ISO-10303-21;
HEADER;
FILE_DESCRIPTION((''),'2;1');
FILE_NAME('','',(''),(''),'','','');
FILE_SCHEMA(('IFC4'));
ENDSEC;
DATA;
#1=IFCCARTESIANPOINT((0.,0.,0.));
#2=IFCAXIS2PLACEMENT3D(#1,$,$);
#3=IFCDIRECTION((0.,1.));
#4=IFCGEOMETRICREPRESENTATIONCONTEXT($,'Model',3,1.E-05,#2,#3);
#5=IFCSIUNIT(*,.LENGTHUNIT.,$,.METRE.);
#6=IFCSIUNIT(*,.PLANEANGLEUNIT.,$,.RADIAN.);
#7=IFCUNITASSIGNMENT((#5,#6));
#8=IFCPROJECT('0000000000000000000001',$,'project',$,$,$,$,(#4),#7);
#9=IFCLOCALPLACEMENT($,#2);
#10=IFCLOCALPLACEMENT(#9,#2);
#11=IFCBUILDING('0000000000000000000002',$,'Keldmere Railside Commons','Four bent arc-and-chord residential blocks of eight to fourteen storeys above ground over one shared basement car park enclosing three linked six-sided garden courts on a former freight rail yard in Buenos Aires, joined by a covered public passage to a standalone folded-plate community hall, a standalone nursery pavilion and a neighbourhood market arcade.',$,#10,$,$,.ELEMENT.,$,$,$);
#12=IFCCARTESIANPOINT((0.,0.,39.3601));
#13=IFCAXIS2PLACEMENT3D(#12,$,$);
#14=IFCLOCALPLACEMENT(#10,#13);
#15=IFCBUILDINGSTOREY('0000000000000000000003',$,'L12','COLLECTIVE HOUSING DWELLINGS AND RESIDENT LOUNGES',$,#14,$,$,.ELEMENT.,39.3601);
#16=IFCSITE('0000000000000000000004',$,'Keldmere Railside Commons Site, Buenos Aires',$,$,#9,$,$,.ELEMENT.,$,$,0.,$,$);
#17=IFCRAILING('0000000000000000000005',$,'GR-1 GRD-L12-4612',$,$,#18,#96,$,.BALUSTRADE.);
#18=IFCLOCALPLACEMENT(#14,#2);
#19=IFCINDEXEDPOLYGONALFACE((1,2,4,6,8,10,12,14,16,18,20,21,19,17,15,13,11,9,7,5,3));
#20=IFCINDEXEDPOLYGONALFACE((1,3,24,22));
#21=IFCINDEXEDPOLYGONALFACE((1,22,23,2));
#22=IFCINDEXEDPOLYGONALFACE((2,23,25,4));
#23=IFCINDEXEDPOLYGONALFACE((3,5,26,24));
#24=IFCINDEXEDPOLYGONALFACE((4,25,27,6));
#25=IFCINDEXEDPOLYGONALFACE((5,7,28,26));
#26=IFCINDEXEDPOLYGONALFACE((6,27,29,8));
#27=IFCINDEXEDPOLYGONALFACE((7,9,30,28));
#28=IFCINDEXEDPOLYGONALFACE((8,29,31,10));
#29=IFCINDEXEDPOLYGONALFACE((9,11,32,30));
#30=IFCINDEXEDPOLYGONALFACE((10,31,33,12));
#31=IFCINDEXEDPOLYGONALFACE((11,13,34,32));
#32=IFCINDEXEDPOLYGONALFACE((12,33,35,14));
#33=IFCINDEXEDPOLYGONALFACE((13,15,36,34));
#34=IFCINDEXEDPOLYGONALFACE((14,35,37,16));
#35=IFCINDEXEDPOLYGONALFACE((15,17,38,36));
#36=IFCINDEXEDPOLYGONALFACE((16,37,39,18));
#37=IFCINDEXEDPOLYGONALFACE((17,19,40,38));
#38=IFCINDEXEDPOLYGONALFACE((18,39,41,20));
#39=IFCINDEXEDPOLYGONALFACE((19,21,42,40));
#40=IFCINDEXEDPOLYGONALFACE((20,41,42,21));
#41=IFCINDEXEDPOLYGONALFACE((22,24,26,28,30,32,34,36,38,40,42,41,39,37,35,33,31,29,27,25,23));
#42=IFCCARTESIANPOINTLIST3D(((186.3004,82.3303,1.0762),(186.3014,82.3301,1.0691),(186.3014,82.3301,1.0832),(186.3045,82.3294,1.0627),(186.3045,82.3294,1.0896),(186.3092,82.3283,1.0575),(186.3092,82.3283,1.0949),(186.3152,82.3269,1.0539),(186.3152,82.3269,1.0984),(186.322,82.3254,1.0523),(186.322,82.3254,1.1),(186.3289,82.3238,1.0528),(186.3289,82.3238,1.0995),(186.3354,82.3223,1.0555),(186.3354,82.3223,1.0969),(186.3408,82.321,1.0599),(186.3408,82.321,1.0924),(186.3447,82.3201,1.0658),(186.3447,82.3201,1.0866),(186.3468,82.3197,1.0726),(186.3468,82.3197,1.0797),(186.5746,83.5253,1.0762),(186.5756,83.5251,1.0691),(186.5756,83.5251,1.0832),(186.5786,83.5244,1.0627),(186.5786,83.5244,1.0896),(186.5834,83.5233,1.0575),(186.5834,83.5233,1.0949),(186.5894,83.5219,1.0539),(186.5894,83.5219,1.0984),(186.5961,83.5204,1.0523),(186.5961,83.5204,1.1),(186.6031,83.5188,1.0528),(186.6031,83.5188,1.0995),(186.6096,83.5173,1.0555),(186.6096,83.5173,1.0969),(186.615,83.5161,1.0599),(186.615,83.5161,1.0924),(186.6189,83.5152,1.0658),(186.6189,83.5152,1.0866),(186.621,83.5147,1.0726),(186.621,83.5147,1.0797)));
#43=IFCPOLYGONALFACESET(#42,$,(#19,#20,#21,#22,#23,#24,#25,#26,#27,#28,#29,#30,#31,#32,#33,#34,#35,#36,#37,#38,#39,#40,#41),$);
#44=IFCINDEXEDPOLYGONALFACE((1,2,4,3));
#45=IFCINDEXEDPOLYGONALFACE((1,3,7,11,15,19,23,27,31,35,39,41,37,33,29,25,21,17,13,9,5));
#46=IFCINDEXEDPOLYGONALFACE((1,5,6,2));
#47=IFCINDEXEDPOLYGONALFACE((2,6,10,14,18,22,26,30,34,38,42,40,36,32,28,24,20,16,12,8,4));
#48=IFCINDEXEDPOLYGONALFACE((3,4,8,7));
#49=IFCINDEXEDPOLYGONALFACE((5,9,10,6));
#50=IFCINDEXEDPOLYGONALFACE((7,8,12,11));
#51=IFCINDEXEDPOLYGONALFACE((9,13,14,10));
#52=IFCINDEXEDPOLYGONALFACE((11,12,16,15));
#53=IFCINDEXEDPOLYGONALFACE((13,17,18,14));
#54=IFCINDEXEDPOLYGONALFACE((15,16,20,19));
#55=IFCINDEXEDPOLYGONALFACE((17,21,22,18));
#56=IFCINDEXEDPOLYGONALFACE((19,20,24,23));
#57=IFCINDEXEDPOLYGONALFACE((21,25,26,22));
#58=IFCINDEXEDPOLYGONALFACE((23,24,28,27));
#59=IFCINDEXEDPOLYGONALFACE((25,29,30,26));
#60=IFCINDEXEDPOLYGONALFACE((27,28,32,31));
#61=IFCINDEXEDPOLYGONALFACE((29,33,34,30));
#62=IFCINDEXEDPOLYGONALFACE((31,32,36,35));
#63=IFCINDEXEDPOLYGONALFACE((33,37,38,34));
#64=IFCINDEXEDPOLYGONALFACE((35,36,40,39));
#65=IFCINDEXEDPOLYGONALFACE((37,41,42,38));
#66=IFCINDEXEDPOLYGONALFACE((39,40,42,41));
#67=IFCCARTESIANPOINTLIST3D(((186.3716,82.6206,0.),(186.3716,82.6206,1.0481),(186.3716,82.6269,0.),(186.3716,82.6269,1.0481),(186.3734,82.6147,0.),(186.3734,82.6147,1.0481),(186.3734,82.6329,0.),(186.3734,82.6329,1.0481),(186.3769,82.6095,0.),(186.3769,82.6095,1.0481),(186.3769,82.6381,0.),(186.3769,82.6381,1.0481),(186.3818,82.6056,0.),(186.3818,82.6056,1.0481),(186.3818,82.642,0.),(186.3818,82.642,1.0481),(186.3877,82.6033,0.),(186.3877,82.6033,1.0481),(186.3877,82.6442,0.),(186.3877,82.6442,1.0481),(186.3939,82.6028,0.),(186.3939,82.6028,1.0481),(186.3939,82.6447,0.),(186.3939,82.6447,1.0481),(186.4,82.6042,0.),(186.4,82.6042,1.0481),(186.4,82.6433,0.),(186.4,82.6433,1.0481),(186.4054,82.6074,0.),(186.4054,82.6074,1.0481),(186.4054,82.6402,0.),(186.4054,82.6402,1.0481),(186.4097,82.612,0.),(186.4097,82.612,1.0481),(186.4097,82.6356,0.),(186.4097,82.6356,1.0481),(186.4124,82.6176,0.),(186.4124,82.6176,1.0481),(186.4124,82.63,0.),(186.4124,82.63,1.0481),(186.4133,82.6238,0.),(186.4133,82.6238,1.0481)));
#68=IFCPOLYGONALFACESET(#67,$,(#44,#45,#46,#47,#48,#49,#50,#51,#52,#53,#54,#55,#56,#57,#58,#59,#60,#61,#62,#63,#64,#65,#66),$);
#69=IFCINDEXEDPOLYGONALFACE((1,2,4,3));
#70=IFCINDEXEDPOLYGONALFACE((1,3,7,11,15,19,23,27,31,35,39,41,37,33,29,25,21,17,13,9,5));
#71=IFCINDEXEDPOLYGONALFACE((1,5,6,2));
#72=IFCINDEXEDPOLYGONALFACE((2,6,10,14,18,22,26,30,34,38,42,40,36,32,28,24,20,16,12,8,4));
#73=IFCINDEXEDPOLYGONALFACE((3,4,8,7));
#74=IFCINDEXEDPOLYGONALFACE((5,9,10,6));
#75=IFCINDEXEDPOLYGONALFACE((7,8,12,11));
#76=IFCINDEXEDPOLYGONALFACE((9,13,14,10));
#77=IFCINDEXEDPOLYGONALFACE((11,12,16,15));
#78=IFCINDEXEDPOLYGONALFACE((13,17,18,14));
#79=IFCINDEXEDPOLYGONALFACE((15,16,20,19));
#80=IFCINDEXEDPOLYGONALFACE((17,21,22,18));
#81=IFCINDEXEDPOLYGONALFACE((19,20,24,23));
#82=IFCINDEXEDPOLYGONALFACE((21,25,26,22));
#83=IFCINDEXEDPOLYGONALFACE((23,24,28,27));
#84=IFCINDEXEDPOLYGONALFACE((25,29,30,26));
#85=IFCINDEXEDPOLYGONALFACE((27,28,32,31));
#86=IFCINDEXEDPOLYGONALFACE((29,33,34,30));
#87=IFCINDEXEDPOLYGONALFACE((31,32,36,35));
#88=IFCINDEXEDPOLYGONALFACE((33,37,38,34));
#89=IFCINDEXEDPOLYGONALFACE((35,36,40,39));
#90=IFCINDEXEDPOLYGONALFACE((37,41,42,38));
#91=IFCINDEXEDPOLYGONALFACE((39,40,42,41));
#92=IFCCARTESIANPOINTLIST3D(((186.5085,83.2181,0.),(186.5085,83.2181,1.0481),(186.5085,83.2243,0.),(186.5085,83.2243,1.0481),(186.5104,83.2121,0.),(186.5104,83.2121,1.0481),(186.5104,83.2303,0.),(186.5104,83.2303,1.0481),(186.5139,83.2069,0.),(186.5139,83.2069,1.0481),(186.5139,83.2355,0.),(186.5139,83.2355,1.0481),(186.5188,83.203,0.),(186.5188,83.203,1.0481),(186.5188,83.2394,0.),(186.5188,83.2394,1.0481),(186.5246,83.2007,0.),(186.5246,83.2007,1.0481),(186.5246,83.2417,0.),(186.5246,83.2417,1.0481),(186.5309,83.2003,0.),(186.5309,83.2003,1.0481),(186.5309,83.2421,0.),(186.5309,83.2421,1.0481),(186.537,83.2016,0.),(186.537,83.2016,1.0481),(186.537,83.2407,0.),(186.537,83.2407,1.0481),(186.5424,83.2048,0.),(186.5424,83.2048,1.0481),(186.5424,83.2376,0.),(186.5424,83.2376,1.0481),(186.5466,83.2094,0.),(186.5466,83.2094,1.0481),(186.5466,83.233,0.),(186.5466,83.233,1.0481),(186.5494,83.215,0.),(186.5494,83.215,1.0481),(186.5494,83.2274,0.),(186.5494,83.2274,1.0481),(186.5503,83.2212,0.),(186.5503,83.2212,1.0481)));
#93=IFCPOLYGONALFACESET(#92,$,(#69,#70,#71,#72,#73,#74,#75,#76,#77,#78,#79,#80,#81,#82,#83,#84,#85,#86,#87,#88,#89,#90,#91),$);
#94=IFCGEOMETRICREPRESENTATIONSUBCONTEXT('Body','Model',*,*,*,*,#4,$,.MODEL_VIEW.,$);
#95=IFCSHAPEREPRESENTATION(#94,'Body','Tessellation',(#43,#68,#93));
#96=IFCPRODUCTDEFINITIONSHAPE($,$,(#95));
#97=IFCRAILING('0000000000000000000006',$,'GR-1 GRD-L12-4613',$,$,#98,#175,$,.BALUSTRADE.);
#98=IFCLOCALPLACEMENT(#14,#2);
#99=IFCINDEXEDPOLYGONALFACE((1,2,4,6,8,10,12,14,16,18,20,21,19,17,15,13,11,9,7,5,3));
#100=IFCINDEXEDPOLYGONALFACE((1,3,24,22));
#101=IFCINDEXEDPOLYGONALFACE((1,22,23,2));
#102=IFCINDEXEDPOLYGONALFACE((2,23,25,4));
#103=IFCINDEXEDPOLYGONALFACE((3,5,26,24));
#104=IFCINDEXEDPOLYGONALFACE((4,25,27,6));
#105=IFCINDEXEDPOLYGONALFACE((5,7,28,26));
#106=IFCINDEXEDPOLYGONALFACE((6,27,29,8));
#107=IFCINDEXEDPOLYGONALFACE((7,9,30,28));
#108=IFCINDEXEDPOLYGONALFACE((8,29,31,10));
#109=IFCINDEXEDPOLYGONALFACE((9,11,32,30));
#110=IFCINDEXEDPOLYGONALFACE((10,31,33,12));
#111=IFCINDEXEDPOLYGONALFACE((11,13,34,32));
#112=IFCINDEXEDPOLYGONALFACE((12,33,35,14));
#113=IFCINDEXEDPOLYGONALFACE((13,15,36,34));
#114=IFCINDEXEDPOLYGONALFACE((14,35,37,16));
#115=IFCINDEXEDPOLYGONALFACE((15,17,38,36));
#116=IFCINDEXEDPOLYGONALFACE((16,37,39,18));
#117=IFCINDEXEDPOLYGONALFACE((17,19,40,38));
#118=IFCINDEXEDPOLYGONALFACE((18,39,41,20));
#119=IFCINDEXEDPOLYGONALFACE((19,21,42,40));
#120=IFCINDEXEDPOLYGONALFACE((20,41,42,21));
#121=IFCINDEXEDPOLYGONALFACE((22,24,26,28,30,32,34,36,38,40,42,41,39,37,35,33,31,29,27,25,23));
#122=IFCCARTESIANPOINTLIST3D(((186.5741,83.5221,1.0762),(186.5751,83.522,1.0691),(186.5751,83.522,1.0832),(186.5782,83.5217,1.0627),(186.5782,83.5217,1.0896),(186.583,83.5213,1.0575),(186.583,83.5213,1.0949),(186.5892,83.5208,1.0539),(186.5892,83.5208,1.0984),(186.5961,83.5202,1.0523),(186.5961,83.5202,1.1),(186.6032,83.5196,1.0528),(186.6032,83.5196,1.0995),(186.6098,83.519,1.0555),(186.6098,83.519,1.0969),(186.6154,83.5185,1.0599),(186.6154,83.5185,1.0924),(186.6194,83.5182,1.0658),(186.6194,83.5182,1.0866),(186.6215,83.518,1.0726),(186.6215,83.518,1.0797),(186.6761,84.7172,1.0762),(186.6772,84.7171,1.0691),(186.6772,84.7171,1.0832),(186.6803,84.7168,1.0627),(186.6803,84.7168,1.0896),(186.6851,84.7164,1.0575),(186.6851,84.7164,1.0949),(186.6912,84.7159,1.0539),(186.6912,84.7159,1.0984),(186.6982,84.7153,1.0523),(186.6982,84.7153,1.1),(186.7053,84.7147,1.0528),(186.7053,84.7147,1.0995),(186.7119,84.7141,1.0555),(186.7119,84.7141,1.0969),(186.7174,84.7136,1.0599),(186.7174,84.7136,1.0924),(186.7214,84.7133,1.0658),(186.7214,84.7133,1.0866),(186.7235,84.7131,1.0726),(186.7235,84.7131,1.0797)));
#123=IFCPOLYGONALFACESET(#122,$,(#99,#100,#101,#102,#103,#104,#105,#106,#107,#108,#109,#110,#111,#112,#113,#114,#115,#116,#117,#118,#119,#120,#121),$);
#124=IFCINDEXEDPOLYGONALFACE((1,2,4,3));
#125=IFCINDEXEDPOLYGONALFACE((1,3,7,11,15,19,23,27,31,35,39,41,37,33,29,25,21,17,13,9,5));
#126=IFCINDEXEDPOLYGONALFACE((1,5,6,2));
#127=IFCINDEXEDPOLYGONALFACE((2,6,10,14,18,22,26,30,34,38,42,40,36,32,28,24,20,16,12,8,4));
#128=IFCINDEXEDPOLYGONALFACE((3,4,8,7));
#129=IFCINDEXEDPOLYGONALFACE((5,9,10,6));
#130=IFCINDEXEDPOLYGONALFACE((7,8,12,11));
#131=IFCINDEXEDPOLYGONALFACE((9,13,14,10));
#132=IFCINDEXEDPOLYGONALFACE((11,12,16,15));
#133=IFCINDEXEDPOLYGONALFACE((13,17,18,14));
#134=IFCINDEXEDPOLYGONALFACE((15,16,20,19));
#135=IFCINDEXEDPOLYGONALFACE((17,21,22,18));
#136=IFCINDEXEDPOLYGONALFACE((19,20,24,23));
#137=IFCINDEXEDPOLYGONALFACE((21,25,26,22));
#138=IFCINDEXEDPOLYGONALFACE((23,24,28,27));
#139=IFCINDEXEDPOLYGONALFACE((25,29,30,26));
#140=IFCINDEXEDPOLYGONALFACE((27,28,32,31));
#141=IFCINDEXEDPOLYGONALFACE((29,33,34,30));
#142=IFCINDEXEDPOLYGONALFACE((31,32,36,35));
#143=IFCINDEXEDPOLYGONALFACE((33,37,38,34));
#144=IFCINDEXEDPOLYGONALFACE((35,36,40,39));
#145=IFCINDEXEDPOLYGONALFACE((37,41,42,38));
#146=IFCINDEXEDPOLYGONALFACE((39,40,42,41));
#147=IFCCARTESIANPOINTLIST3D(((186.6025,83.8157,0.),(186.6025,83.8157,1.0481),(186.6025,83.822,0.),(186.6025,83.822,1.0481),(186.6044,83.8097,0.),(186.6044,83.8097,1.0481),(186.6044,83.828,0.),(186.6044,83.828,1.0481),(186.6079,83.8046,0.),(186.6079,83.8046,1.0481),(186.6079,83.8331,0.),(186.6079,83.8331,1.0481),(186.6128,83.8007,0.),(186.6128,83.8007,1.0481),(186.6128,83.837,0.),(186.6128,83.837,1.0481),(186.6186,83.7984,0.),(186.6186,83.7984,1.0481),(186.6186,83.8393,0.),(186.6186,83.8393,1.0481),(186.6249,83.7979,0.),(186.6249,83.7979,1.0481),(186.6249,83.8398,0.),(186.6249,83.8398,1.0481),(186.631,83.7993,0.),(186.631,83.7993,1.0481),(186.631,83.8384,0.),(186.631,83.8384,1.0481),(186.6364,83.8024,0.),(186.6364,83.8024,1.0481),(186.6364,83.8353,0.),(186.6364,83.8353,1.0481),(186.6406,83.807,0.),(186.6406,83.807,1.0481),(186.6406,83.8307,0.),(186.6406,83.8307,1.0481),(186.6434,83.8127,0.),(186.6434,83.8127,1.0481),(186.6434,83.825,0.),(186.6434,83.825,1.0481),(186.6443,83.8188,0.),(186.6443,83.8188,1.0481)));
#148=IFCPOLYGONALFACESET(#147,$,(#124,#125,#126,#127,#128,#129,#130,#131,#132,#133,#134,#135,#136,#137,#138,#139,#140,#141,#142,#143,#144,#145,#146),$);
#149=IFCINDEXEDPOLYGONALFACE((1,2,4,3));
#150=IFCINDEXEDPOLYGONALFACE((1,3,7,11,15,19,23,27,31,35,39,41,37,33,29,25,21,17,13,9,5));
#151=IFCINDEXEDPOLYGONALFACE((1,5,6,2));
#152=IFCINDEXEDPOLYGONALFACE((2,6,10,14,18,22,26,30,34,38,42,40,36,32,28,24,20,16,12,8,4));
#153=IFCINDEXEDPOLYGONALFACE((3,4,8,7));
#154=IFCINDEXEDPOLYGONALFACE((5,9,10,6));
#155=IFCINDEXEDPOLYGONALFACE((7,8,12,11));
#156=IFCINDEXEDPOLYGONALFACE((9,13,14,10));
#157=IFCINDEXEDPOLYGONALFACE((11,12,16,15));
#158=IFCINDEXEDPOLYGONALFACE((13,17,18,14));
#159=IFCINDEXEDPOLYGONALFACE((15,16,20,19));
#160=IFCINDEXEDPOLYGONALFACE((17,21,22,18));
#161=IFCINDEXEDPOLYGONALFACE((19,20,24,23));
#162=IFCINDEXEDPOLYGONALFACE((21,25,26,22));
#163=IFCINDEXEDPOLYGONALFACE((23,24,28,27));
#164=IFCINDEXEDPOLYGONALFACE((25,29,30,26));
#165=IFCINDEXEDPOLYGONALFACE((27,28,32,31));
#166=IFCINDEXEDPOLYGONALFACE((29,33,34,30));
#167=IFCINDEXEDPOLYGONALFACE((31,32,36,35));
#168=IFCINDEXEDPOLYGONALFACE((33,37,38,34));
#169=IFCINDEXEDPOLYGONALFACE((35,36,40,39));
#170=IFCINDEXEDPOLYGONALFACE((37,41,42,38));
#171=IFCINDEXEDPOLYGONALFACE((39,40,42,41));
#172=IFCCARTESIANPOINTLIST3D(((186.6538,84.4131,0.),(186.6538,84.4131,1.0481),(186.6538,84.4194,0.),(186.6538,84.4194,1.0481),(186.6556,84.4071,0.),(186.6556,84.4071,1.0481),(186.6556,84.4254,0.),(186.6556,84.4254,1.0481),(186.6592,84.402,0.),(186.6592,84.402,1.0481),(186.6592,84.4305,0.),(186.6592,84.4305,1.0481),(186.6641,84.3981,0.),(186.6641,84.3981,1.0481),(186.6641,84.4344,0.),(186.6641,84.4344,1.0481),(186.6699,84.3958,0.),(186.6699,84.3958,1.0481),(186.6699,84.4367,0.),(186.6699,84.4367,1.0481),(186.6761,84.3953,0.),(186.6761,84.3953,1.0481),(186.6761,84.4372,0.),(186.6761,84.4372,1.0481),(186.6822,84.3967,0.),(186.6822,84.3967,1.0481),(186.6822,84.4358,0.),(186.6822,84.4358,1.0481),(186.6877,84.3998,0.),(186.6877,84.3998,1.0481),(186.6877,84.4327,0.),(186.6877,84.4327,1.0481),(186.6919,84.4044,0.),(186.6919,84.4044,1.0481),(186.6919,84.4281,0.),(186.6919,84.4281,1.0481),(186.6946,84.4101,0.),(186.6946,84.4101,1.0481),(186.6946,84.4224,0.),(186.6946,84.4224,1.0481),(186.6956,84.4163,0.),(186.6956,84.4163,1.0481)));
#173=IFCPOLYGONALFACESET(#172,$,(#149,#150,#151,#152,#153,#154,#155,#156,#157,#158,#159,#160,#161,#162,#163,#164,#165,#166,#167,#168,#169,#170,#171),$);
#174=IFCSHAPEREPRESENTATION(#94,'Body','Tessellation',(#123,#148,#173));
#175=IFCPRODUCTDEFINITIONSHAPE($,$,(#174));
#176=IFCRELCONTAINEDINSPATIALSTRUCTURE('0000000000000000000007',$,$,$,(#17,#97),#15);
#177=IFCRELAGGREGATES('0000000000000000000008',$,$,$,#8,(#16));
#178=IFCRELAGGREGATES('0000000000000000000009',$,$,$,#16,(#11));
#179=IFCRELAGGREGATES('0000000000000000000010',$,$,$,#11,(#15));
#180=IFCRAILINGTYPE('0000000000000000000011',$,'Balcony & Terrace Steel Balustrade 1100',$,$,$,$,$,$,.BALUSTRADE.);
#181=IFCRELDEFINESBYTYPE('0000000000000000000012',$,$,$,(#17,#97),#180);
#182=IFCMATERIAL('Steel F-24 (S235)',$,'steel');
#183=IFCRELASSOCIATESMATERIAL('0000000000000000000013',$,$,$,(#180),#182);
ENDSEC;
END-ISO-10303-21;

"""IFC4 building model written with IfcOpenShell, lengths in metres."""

from ifc_helpers import new_model, si_unit, direction, frame, origin, origin_2d, place, context, subcontext, project, spatial, circle, extrude, material, type_object, element, save


model = new_model("IFC4")

# Units and contexts
model_context = context("Model", 3, precision=1e-05, world=origin(), true_north=direction((0.0, 1.0)))
body_context = subcontext(model_context, "Body", "Model", "MODEL_VIEW")
ifc_project = project(units=[si_unit("LENGTHUNIT", "METRE"), si_unit("PLANEANGLEUNIT", "RADIAN")], contexts=[model_context])

# Site, building, storey
site_placement = place(None, origin())
site = spatial("IfcSite", under=ifc_project, at=site_placement, Name="Keldmere Railside Commons Site, Buenos Aires", CompositionType="ELEMENT", RefElevation=0.0)
building_placement = place(site_placement, origin())
building = spatial("IfcBuilding", under=site, at=building_placement, Name="Keldmere Railside Commons", Description="Four bent arc-and-chord residential blocks of eight to fourteen storeys above ground over one shared basement car park enclosing three linked six-sided garden courts on a former freight rail yard in Buenos Aires, joined by a covered public passage to a standalone folded-plate community hall, a standalone nursery pavilion and a neighbourhood market arcade.", CompositionType="ELEMENT")
storey_placement = place(building_placement, frame((0.0, 0.0, 39.3601)))
storey = spatial("IfcBuildingStorey", under=building, at=storey_placement, Name="L12", Description="COLLECTIVE HOUSING DWELLINGS AND RESIDENT LOUNGES", CompositionType="ELEMENT", Elevation=39.3601)

# Shared definitions
ifc_material_1 = material(Name="Steel F-24 (S235)", Category="steel")

# Railings
railing_type_1 = type_object("IfcRailingType", Name="Balcony & Terrace Steel Balustrade 1100", PredefinedType="BALUSTRADE", material=ifc_material_1)
railing_1_placement = place(storey_placement, frame((186.3237, 82.325, 0.0)))
element("IfcRailing", 1, at=railing_1_placement, inside=storey, type_object=railing_type_1, Name="GR-1 GRD-L12-4612", PredefinedType="BALUSTRADE", context=body_context, shape_type="SweptSolid", body=[
    extrude(circle(Radius=0.0239, at=origin_2d()), frame((0.0, 0.0, 1.0762), z_axis=(0.223609, 0.974679, 0.0), x_axis=(-0.974679, 0.223609, 0.0)), (0.0, 0.0, 1.0), 1.2261),
    extrude(circle(Radius=0.021, at=origin_2d()), frame((0.0686, 0.2988, 0.0)), (0.0, 0.0, 1.0), 1.0481),
    extrude(circle(Radius=0.021, at=origin_2d()), frame((0.2056, 0.8962, 0.0)), (0.0, 0.0, 1.0), 1.0481),
])
railing_2_placement = place(storey_placement, frame((186.5979, 83.52, 0.0)))
element("IfcRailing", 2, at=railing_2_placement, inside=storey, type_object=railing_type_1, Name="GR-1 GRD-L12-4613", PredefinedType="BALUSTRADE", context=body_context, shape_type="SweptSolid", body=[
    extrude(circle(Radius=0.0239, at=origin_2d()), frame((0.0, 0.0, 1.0762), z_axis=(0.085084, 0.996374, 0.0), x_axis=(-0.996374, 0.085084, 0.0)), (0.0, 0.0, 1.0), 1.1995),
    extrude(circle(Radius=0.021, at=origin_2d()), frame((0.0254, 0.2988, 0.0)), (0.0, 0.0, 1.0), 1.0481),
    extrude(circle(Radius=0.021, at=origin_2d()), frame((0.0767, 0.8962, 0.0)), (0.0, 0.0, 1.0), 1.0481),
])

save(model, "model.ifc")
